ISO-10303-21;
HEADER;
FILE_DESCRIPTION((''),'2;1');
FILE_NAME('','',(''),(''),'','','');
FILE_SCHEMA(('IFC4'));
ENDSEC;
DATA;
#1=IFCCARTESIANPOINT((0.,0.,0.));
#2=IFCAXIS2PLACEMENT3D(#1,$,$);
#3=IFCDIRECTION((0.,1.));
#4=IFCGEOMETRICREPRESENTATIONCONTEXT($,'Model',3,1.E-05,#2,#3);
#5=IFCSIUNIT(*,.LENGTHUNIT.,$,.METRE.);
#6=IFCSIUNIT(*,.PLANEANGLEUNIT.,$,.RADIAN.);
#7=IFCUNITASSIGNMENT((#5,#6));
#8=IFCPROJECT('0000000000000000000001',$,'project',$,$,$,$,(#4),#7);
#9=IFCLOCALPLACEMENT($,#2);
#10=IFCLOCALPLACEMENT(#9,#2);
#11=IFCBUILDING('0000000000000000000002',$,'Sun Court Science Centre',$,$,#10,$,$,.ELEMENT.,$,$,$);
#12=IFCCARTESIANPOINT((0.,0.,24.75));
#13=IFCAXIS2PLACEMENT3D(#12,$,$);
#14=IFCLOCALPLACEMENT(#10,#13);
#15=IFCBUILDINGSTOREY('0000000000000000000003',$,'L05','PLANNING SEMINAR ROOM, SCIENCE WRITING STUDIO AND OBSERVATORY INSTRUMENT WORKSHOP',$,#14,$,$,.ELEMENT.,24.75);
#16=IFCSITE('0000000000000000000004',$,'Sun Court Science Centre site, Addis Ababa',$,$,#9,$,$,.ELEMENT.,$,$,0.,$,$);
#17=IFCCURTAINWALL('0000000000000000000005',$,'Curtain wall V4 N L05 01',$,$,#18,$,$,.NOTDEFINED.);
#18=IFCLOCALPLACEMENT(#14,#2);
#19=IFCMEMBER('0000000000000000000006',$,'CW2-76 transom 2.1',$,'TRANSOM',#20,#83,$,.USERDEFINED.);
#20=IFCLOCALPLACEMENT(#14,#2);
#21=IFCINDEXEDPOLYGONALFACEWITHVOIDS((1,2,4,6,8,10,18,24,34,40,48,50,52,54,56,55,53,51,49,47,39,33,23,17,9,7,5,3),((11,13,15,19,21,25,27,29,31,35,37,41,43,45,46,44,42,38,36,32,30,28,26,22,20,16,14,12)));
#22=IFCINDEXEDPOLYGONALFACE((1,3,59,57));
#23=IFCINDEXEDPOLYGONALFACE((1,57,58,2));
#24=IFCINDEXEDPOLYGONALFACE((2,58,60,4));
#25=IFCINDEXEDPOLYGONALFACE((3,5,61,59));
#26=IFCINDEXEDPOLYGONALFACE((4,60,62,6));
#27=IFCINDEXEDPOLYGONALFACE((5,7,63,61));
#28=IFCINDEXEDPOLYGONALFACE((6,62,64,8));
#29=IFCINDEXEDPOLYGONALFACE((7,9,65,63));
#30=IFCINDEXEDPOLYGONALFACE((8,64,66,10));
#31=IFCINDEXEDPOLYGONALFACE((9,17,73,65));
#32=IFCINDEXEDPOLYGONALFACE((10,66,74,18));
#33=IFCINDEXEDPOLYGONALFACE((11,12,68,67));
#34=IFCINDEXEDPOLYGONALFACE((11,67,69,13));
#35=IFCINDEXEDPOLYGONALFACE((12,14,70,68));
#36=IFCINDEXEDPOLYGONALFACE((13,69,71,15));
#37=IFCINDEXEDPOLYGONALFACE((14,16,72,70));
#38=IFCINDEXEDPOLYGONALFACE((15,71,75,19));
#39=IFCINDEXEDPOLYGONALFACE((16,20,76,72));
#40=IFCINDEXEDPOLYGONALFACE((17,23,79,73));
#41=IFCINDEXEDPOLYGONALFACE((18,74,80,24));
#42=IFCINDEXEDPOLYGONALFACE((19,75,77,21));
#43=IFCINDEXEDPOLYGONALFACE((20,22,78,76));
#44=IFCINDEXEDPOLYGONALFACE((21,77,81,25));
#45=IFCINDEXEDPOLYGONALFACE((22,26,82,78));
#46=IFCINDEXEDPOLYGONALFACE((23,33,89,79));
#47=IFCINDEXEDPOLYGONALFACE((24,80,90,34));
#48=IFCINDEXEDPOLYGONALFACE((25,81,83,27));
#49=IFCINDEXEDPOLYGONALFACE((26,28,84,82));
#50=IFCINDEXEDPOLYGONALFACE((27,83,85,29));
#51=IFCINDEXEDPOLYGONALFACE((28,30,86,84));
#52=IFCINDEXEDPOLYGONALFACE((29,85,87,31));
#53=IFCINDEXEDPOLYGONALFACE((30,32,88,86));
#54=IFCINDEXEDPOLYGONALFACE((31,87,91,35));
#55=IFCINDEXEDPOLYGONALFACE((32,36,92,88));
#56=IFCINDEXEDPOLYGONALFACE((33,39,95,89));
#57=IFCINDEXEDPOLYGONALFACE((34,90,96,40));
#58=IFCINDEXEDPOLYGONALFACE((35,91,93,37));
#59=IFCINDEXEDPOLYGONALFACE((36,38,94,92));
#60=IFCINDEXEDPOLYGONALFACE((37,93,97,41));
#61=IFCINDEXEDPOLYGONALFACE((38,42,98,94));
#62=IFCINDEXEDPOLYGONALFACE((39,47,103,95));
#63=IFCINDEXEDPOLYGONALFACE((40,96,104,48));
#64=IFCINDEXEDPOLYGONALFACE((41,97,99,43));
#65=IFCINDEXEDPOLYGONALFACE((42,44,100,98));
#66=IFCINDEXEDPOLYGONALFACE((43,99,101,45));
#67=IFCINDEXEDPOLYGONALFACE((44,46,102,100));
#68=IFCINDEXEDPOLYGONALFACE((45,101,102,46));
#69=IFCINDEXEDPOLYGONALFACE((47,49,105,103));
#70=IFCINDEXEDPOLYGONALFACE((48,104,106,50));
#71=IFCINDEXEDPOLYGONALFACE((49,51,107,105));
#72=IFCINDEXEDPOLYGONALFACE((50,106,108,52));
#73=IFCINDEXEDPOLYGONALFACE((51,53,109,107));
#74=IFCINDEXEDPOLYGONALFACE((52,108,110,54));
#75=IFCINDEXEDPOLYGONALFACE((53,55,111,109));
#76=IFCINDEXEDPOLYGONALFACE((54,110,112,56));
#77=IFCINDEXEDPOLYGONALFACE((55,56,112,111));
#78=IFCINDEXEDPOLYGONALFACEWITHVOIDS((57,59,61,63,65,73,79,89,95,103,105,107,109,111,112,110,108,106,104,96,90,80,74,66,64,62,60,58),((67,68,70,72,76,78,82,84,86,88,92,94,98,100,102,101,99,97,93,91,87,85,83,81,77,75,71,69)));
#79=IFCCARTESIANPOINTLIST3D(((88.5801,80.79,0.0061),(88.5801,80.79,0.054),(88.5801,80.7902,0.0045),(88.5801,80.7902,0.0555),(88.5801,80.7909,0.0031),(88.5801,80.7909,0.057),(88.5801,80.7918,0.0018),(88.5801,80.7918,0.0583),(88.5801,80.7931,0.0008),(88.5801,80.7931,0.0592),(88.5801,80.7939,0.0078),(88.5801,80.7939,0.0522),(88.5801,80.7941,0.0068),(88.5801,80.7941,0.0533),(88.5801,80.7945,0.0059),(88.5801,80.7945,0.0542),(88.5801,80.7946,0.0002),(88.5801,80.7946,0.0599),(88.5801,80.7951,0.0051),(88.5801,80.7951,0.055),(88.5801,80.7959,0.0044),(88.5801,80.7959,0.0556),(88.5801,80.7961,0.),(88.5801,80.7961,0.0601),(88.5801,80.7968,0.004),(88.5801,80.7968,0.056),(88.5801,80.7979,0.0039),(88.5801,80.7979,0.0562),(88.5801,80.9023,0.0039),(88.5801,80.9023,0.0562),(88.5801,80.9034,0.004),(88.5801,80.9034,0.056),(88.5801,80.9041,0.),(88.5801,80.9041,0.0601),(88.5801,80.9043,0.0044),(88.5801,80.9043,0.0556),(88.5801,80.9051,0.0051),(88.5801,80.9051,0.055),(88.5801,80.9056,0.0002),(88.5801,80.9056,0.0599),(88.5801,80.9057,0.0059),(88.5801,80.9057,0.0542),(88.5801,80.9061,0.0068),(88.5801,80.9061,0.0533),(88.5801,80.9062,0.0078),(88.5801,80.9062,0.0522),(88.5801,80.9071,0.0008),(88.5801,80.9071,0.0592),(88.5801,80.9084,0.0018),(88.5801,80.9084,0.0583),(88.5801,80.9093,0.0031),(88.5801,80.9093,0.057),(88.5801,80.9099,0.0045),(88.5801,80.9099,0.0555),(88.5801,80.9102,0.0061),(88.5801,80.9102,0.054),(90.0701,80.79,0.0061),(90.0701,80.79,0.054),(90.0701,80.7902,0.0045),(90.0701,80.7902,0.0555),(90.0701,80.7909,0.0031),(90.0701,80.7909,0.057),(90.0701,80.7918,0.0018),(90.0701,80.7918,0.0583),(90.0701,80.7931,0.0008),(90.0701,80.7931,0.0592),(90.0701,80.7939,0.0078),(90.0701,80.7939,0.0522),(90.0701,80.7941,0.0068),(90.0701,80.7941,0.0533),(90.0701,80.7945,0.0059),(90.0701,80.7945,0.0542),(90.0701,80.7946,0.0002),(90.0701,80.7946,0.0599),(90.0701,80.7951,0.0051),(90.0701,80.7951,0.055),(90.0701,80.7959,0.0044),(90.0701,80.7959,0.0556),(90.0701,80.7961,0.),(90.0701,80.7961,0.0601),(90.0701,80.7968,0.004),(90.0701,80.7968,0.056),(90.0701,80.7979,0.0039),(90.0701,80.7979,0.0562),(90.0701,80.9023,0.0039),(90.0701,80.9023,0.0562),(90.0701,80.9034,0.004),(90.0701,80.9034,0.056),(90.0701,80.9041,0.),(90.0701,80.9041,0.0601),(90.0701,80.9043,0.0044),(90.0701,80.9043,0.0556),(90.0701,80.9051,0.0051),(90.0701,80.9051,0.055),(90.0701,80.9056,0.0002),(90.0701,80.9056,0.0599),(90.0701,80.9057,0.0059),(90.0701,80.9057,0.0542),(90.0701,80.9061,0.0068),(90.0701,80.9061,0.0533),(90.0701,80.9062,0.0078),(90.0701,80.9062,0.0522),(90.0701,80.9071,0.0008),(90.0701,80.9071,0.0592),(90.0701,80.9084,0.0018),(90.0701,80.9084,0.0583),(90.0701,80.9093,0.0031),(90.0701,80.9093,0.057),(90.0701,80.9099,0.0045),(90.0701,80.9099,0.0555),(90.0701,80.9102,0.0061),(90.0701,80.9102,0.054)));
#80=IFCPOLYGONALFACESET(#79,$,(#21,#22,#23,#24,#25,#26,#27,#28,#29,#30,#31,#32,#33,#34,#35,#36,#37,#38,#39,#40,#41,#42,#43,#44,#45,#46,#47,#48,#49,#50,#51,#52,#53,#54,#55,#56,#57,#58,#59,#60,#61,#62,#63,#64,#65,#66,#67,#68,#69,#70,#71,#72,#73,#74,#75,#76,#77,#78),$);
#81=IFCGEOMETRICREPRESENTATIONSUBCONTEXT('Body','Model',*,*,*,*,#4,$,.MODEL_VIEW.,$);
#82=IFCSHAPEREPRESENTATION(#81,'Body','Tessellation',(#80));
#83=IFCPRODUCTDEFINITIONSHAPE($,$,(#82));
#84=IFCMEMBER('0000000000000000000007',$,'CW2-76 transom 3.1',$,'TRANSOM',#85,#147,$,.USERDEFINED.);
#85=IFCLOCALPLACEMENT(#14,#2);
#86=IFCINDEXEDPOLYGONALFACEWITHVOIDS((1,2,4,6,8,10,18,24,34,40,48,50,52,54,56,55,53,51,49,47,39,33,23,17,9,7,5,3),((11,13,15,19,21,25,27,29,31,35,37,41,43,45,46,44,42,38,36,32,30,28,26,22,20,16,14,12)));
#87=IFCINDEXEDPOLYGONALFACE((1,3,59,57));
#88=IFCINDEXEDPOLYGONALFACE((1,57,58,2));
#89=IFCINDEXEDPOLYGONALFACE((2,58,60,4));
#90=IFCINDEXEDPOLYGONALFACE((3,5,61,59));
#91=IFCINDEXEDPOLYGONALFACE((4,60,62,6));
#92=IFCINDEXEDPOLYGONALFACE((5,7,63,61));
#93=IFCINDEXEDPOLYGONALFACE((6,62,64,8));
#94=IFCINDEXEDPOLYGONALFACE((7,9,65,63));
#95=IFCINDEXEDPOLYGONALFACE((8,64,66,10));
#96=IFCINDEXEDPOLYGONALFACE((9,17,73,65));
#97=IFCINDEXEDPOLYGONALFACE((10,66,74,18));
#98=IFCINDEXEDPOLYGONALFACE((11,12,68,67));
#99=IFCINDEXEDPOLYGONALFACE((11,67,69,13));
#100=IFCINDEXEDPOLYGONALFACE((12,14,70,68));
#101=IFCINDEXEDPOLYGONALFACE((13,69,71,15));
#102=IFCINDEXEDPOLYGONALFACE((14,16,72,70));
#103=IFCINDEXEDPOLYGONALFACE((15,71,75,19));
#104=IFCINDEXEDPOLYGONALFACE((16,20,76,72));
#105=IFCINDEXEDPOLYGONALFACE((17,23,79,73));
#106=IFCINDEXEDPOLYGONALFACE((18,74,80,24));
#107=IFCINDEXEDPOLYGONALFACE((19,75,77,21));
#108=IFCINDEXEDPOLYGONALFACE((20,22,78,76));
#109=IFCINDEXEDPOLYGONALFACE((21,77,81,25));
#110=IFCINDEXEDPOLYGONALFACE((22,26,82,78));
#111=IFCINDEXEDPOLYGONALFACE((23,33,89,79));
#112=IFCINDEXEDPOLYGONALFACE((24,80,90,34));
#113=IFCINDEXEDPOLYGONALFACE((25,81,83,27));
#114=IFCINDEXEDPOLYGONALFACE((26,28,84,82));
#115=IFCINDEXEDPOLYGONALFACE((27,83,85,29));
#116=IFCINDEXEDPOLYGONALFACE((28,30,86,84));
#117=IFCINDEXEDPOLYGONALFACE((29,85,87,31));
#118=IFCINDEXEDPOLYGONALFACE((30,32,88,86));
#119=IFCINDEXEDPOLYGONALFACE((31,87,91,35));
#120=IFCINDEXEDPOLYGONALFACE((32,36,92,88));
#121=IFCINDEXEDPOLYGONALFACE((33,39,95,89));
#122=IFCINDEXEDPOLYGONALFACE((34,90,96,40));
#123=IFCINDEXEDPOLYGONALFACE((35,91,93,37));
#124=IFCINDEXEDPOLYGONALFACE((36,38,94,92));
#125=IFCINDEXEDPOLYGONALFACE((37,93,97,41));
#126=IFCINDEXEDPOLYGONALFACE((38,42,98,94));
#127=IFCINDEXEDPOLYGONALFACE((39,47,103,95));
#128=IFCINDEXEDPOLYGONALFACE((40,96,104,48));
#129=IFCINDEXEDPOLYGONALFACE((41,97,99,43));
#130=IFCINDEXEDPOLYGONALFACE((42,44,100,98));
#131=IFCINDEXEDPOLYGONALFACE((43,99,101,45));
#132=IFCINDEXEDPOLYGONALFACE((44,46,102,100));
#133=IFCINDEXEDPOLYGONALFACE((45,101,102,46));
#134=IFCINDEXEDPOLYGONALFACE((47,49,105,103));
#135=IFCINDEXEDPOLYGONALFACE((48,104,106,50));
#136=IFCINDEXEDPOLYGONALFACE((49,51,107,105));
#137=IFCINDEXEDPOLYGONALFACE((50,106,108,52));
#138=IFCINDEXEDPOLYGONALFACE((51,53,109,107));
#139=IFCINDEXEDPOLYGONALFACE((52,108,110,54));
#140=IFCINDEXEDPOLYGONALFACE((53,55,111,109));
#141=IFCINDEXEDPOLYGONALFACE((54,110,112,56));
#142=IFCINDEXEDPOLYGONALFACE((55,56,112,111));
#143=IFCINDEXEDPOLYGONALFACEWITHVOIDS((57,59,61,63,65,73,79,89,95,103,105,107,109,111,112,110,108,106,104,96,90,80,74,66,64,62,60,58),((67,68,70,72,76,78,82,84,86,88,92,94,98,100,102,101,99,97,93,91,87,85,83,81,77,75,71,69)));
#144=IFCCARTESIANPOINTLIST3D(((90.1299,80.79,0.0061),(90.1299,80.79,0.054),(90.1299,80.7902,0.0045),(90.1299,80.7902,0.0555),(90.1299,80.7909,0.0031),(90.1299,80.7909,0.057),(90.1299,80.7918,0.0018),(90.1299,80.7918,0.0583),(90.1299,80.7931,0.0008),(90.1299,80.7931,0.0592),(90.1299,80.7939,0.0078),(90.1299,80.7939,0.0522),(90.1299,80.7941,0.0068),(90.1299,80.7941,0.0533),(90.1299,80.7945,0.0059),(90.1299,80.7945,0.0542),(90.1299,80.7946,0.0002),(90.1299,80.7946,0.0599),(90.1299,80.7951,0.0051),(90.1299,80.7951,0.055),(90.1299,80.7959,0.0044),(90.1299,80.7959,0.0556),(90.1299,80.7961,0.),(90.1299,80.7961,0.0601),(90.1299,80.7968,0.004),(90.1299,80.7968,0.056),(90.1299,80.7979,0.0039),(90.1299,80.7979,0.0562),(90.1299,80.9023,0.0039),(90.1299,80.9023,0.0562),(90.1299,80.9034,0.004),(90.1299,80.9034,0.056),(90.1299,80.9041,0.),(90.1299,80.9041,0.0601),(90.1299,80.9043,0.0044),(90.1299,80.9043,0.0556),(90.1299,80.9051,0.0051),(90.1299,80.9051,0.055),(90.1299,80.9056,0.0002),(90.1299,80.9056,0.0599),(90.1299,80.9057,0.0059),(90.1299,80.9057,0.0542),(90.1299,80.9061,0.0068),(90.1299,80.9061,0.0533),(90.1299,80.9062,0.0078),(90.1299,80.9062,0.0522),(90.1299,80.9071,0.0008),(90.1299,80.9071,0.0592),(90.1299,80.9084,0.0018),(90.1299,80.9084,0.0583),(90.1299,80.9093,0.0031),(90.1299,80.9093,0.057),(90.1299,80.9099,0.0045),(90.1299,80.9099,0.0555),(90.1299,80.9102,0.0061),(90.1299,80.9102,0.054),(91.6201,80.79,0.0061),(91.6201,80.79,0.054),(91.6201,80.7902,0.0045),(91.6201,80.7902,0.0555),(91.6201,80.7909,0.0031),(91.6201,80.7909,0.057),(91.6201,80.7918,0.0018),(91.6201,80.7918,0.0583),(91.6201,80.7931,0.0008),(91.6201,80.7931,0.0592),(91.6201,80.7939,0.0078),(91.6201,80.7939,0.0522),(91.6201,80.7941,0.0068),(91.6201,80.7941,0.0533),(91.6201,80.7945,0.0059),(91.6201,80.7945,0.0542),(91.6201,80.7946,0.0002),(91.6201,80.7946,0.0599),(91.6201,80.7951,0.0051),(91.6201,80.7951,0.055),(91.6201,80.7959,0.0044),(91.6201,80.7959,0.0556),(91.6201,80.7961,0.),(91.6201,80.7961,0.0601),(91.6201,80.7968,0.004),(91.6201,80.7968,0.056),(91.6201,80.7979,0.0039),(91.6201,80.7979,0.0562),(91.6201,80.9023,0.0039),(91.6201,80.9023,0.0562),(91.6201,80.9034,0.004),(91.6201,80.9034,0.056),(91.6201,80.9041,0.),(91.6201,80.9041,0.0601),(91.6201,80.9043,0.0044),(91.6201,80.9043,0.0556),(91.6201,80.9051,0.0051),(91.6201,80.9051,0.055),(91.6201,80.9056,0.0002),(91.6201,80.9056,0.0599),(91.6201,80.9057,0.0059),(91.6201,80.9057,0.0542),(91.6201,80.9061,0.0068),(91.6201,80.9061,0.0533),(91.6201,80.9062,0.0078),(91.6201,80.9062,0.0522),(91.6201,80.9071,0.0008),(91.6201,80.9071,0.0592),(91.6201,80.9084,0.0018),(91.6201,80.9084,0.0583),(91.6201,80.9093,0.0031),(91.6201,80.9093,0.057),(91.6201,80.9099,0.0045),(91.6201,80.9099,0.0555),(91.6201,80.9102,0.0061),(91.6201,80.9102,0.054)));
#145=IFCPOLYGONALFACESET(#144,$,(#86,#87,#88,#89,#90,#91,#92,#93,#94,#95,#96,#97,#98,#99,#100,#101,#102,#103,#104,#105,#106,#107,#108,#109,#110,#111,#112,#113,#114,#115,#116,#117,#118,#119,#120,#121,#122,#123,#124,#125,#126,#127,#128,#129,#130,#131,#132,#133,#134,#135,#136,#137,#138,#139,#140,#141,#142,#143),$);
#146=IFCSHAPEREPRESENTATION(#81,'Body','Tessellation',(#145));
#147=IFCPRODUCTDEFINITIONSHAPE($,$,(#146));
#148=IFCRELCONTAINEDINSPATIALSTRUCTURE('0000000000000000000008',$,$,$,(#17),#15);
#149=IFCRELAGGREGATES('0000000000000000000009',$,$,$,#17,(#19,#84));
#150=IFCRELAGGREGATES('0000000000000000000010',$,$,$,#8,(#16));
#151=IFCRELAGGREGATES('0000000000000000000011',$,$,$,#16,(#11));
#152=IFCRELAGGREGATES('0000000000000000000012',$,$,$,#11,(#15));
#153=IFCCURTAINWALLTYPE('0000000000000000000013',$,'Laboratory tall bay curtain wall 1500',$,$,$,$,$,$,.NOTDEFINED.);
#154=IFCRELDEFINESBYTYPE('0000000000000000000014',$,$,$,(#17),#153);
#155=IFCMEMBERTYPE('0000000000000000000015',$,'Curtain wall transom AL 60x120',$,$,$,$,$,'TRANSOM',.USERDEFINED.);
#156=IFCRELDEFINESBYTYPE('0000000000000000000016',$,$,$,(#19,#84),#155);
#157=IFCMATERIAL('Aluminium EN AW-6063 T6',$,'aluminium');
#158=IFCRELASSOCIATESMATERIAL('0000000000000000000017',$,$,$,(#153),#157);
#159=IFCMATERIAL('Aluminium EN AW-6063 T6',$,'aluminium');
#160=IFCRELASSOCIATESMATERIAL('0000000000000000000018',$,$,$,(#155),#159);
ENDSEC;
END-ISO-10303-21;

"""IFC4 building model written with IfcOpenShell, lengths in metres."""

from ifc_helpers import new_model, si_unit, direction, frame, origin, origin_2d, place, context, subcontext, project, spatial, hollow_rectangle, extrude, material, material_profile, profile_set, type_object, element, aggregate, save


model = new_model("IFC4")

# Units and contexts
model_context = context("Model", 3, precision=1e-05, world=origin(), true_north=direction((0.0, 1.0)))
body_context = subcontext(model_context, "Body", "Model", "MODEL_VIEW")
ifc_project = project(units=[si_unit("LENGTHUNIT", "METRE"), si_unit("PLANEANGLEUNIT", "RADIAN")], contexts=[model_context])

# Site, building, storey
site_placement = place(None, origin())
site = spatial("IfcSite", under=ifc_project, at=site_placement, Name="Sun Court Science Centre site, Addis Ababa", CompositionType="ELEMENT", RefElevation=0.0)
building_placement = place(site_placement, origin())
building = spatial("IfcBuilding", under=site, at=building_placement, Name="Sun Court Science Centre", CompositionType="ELEMENT")
storey_placement = place(building_placement, frame((0.0, 0.0, 24.75)))
storey = spatial("IfcBuildingStorey", under=building, at=storey_placement, Name="L05", Description="PLANNING SEMINAR ROOM, SCIENCE WRITING STUDIO AND OBSERVATORY INSTRUMENT WORKSHOP", CompositionType="ELEMENT", Elevation=24.75)

# Curtain wall, members
ifc_material_1 = material(Name="Aluminium EN AW-6063 T6", Category="aluminium")
curtain_wall_type = type_object("IfcCurtainWallType", Name="Laboratory tall bay curtain wall 1500", PredefinedType="NOTDEFINED", material=ifc_material_1)
curtain_wall_placement = place(storey_placement, origin())
curtain_wall = element("IfcCurtainWall", 1, at=curtain_wall_placement, inside=storey, type_object=curtain_wall_type, Name="Curtain wall V4 N L05 01", PredefinedType="NOTDEFINED")
ifc_material_2 = material(Name="Aluminium EN AW-6063 T6", Category="aluminium")
ifc_material_profile_1 = material_profile(ifc_material_2, hollow_rectangle(XDim=0.0601, YDim=0.1201, WallThickness=0.0039, InnerFilletRadius=0.0039, OuterFilletRadius=0.0061, at=origin_2d()), Name="AL 60x120x4")
ifc_profile_set_1 = profile_set([ifc_material_profile_1], Name="Aluminium EN AW-6063 T6")
member_type_1 = type_object("IfcMemberType", Name="Curtain wall transom AL 60x120", ElementType="TRANSOM", PredefinedType="USERDEFINED", material=ifc_profile_set_1)
member_1_placement = place(storey_placement, frame((88.5801, 80.8501, 0.03), z_axis=(1.0, 0.0, 0.0), x_axis=(0.0, 0.0, 1.0)))
member_1 = element("IfcMember", 2, at=member_1_placement, type_object=member_type_1, Name="CW2-76 transom 2.1", ObjectType="TRANSOM", PredefinedType="USERDEFINED", context=body_context, shape_type="SweptSolid", body=[
    extrude(hollow_rectangle(XDim=0.0601, YDim=0.1201, WallThickness=0.0039, InnerFilletRadius=0.0039, OuterFilletRadius=0.0061, at=origin_2d()), origin(), (0.0, 0.0, 1.0), 1.49),
])
member_2_placement = place(storey_placement, frame((90.1299, 80.8501, 0.03), z_axis=(1.0, 0.0, 0.0), x_axis=(0.0, 0.0, 1.0)))
member_2 = element("IfcMember", 3, at=member_2_placement, type_object=member_type_1, Name="CW2-76 transom 3.1", ObjectType="TRANSOM", PredefinedType="USERDEFINED", context=body_context, shape_type="SweptSolid", body=[
    extrude(hollow_rectangle(XDim=0.0601, YDim=0.1201, WallThickness=0.0039, InnerFilletRadius=0.0039, OuterFilletRadius=0.0061, at=origin_2d()), origin(), (0.0, 0.0, 1.0), 1.4902),
])

aggregate(curtain_wall, [member_1, member_2])

save(model, "model.ifc")
